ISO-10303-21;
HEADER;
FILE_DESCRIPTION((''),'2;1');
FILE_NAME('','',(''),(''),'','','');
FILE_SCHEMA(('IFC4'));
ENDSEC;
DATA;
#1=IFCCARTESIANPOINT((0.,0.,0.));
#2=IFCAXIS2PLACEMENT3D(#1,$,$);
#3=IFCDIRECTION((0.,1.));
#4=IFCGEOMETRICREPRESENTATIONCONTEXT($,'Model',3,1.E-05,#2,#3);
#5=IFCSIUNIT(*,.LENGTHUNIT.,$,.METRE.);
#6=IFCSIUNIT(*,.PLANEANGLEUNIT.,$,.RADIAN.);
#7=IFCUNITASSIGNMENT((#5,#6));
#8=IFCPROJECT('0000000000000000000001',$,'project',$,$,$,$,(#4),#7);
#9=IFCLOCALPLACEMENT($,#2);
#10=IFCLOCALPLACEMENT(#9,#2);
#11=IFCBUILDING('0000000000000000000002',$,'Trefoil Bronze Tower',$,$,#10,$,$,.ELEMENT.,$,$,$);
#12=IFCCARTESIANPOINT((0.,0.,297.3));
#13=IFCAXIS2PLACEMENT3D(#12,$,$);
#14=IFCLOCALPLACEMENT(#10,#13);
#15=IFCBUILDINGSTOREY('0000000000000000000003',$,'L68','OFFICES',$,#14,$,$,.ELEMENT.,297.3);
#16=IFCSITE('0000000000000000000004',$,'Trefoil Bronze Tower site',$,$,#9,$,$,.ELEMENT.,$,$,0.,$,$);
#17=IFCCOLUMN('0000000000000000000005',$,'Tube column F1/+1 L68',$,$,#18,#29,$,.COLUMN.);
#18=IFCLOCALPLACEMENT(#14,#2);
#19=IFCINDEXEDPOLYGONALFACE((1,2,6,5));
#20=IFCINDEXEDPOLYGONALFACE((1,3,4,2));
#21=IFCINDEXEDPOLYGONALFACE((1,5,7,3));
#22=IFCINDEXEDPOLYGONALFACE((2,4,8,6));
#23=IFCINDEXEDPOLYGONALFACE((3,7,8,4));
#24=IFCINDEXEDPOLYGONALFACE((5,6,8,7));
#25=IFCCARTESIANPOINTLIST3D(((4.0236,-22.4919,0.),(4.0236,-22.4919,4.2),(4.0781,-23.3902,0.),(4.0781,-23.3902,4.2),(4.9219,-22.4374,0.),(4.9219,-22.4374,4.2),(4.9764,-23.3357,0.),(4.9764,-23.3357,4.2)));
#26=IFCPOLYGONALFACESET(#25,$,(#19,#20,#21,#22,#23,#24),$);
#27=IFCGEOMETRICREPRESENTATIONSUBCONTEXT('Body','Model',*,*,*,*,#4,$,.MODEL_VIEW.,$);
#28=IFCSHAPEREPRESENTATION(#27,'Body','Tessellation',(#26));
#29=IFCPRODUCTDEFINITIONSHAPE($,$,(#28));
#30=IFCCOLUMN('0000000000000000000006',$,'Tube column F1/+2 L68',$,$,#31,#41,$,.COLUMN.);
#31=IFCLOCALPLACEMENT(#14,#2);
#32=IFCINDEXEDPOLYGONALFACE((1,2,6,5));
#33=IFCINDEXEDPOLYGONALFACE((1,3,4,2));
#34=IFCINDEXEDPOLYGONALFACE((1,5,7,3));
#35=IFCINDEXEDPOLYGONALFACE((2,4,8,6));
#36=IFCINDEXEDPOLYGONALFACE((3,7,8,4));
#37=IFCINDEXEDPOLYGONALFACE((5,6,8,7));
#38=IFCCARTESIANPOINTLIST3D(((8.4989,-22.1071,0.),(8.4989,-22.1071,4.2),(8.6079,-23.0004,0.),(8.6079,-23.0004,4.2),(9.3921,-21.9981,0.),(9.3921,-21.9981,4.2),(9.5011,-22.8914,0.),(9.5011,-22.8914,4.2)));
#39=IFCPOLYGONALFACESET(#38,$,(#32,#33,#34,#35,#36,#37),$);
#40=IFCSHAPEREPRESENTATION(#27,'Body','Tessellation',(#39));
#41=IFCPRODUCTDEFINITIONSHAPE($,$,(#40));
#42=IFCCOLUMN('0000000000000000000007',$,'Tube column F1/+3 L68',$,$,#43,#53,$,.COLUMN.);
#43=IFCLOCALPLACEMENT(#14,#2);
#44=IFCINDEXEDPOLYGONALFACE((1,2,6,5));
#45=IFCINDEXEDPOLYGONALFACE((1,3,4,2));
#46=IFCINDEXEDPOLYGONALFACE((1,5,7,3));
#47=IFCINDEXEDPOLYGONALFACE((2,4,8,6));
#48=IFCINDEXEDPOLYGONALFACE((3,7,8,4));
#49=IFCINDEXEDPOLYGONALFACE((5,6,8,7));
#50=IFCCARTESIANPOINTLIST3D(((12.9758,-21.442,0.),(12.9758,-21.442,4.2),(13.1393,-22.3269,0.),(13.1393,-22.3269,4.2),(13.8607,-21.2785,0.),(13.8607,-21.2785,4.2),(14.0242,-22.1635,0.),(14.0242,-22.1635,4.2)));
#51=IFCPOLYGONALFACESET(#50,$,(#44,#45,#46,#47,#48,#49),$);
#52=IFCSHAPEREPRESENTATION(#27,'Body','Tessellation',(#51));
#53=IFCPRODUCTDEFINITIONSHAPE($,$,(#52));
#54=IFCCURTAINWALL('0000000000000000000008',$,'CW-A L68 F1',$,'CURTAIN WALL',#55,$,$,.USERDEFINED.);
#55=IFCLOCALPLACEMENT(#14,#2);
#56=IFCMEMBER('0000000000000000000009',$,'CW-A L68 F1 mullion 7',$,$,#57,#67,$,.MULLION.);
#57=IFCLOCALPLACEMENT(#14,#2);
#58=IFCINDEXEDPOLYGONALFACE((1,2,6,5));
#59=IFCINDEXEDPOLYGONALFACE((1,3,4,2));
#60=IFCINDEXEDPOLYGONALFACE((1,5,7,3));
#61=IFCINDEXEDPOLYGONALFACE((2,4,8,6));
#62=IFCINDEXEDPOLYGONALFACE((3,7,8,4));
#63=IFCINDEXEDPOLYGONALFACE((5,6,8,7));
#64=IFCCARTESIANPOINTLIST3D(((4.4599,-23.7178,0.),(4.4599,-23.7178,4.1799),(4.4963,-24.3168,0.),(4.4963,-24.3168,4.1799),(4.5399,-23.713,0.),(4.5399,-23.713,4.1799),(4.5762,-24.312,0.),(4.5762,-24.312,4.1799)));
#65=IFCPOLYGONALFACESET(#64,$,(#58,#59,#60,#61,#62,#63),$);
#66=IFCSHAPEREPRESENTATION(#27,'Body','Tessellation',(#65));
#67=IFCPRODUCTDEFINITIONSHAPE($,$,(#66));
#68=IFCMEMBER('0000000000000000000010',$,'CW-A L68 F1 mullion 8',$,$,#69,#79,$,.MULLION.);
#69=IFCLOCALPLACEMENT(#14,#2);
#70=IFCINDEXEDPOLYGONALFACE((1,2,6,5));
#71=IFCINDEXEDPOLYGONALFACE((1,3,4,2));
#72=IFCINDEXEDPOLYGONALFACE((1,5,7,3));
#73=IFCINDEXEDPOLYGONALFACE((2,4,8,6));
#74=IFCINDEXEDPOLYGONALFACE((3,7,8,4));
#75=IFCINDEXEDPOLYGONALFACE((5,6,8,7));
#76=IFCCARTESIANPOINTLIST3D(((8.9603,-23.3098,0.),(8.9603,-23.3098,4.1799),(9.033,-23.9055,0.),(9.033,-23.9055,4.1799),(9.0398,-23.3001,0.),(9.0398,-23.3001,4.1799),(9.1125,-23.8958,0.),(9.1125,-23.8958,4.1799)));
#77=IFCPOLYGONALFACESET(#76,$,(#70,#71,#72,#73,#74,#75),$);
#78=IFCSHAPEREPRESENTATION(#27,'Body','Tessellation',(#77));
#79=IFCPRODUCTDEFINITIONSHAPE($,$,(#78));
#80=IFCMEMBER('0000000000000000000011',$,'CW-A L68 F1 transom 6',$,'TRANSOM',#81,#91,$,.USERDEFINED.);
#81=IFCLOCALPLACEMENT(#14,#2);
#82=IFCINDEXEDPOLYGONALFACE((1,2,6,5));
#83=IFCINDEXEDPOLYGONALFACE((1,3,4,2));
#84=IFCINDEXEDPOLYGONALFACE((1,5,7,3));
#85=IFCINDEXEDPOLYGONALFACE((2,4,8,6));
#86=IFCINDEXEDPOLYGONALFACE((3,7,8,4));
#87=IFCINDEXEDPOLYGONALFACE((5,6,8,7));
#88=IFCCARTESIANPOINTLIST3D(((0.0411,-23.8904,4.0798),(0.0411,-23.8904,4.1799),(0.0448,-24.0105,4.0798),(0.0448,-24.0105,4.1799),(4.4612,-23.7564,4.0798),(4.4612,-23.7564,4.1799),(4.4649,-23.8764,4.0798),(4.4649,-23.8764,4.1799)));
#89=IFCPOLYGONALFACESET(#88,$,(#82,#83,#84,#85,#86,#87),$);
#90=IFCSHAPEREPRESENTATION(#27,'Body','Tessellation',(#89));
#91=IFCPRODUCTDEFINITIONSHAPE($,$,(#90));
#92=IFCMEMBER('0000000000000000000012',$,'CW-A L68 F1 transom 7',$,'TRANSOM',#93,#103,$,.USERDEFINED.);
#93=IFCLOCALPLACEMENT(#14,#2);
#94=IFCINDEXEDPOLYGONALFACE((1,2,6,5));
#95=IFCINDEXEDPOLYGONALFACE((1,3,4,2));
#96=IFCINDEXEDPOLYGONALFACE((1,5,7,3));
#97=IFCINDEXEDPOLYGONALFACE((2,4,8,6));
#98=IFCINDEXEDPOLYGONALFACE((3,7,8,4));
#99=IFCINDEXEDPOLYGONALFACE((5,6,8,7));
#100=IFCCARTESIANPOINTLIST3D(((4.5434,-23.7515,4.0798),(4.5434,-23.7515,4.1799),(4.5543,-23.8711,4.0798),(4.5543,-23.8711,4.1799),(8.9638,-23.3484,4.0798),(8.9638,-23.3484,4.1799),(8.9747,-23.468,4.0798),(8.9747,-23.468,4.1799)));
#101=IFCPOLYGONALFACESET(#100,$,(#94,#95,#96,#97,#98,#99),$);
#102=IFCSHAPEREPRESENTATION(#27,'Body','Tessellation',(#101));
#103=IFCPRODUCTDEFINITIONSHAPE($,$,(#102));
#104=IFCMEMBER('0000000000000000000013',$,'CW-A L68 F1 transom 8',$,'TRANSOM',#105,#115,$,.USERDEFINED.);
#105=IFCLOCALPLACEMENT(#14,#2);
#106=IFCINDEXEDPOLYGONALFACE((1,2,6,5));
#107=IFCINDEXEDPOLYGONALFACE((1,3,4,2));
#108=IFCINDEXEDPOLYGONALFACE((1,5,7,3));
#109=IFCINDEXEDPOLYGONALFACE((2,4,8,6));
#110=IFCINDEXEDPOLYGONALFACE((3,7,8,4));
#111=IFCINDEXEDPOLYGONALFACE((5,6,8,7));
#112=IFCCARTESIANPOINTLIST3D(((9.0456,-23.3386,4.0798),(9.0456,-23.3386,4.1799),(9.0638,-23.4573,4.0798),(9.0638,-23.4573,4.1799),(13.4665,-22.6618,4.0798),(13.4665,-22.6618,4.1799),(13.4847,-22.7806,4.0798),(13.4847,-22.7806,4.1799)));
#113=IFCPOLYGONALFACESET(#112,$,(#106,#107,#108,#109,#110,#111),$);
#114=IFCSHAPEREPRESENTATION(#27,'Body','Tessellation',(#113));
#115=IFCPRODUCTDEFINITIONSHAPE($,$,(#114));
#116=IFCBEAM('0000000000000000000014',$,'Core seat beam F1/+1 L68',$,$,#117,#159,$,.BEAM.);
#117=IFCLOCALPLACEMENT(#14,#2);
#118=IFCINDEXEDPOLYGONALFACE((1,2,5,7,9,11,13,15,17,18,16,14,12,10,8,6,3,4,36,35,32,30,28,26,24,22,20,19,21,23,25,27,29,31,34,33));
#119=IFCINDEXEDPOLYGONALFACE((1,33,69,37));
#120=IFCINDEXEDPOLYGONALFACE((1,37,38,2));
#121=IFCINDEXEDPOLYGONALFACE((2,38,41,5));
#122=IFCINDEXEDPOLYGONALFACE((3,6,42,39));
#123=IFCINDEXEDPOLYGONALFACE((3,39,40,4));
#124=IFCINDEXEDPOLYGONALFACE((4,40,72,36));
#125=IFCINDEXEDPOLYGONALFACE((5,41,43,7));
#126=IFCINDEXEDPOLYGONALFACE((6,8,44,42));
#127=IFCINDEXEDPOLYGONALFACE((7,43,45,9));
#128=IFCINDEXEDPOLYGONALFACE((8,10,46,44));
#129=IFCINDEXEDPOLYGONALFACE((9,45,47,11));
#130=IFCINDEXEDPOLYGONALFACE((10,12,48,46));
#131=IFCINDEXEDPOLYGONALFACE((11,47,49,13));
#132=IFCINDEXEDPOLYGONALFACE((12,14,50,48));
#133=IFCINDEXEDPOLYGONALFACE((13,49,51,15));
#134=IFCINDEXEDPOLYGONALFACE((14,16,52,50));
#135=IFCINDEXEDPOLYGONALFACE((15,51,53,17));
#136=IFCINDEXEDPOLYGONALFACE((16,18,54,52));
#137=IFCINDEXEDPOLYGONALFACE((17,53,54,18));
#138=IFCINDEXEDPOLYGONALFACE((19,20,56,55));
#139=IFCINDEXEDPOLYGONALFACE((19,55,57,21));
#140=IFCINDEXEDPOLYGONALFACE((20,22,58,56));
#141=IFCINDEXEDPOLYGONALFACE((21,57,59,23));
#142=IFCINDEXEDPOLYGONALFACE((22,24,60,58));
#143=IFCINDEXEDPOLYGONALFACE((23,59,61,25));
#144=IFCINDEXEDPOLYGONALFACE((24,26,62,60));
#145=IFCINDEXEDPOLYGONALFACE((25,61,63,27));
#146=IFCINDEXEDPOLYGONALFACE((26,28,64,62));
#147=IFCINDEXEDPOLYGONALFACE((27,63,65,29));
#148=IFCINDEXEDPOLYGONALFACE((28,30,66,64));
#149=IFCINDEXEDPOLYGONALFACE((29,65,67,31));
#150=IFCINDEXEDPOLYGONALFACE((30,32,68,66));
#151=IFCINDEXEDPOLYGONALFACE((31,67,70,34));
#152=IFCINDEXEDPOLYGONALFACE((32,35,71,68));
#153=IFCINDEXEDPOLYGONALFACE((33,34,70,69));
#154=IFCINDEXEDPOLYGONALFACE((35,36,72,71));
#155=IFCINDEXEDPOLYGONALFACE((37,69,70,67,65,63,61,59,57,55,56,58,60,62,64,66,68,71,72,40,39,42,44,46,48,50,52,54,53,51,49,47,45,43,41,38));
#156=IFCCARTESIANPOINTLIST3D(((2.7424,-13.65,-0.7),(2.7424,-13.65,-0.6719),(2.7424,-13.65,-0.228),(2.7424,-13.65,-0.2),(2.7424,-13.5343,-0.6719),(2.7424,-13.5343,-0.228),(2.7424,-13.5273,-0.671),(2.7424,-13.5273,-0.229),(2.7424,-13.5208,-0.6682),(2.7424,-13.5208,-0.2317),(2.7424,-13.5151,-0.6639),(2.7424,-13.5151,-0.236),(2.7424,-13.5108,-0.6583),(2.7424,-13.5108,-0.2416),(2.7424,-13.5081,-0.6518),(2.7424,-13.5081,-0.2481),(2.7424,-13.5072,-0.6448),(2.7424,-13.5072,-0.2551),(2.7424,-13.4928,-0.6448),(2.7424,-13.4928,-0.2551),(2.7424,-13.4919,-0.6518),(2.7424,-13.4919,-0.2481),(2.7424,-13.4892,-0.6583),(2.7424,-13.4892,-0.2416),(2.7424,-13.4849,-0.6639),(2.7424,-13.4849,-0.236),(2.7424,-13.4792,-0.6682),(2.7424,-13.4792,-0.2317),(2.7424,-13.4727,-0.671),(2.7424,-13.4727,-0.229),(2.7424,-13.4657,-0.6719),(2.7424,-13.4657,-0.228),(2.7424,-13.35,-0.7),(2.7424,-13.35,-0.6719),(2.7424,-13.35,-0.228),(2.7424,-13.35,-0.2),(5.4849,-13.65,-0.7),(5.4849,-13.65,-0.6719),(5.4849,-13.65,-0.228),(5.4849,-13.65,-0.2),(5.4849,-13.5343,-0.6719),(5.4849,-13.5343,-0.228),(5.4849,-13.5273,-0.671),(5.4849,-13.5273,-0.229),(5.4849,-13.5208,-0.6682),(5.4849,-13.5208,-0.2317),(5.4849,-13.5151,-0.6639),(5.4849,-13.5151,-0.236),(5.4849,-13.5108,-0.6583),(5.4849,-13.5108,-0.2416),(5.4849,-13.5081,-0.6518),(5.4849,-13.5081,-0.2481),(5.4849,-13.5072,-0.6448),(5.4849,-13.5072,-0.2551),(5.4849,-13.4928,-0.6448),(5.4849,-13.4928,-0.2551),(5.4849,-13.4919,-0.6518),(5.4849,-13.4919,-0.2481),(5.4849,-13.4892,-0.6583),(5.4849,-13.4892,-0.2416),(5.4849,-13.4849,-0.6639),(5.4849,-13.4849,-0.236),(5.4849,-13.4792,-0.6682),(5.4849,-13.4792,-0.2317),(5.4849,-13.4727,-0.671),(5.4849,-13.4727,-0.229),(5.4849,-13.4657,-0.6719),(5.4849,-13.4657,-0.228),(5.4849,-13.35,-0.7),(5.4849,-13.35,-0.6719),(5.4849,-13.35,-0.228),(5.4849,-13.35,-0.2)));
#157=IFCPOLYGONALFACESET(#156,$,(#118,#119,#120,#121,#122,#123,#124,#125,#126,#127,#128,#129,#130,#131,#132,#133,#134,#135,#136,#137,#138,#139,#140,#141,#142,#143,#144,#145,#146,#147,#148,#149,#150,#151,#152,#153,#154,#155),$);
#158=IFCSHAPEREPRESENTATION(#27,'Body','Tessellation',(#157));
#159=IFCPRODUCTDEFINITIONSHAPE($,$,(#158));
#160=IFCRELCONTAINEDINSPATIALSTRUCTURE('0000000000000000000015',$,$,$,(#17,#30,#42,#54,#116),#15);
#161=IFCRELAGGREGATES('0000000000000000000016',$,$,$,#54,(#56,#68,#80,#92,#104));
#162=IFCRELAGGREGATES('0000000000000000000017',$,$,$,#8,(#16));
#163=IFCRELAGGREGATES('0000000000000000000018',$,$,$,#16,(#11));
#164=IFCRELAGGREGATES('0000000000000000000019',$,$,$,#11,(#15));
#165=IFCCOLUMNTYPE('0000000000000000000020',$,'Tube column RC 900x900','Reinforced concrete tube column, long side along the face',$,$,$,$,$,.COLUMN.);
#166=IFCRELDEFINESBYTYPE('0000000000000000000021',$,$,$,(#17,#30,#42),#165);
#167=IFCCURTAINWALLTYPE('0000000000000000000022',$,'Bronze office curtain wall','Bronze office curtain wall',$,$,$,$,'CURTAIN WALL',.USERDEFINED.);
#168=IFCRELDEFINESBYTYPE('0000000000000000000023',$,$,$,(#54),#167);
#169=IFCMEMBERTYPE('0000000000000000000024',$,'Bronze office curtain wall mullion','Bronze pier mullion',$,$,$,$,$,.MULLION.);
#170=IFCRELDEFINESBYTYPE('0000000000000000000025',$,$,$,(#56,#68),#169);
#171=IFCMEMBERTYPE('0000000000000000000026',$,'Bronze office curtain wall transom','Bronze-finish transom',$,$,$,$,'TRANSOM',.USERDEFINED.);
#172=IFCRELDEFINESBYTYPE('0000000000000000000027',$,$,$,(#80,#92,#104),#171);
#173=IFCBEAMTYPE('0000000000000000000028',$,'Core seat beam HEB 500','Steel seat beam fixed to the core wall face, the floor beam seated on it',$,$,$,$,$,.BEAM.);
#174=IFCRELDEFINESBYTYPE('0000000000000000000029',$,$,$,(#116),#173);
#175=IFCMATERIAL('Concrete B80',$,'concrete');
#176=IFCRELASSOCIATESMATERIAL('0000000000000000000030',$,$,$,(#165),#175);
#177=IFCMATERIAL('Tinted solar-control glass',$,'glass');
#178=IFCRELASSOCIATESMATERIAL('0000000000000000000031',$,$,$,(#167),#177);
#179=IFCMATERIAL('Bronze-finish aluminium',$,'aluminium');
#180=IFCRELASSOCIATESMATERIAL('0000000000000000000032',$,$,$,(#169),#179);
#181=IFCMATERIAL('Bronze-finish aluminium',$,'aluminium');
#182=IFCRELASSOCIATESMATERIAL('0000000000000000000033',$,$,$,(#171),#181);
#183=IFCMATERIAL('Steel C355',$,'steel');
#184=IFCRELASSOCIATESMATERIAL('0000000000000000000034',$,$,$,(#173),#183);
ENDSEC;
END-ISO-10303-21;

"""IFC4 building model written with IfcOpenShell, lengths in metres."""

from ifc_helpers import new_model, si_unit, direction, frame, origin, origin_2d, place, context, subcontext, project, spatial, rectangle, i_section, extrude, material, material_profile, profile_set, type_object, element, aggregate, save


model = new_model("IFC4")

# Units and contexts
model_context = context("Model", 3, precision=1e-05, world=origin(), true_north=direction((0.0, 1.0)))
body_context = subcontext(model_context, "Body", "Model", "MODEL_VIEW")
ifc_project = project(units=[si_unit("LENGTHUNIT", "METRE"), si_unit("PLANEANGLEUNIT", "RADIAN")], contexts=[model_context])

# Site, building, storey
site_placement = place(None, origin())
site = spatial("IfcSite", under=ifc_project, at=site_placement, Name="Trefoil Bronze Tower site", CompositionType="ELEMENT", RefElevation=0.0)
building_placement = place(site_placement, origin())
building = spatial("IfcBuilding", under=site, at=building_placement, Name="Trefoil Bronze Tower", CompositionType="ELEMENT")
storey_placement = place(building_placement, frame((0.0, 0.0, 297.3)))
storey = spatial("IfcBuildingStorey", under=building, at=storey_placement, Name="L68", Description="OFFICES", CompositionType="ELEMENT", Elevation=297.3)

# Columns
ifc_material_1 = material(Name="Concrete B80", Category="concrete")
ifc_material_profile_1 = material_profile(ifc_material_1, rectangle(XDim=0.8999, YDim=0.8999, at=origin_2d()), Name="RC 900x900")
ifc_profile_set_1 = profile_set([ifc_material_profile_1], Name="Concrete B80")
column_type = type_object("IfcColumnType", Name="Tube column RC 900x900", Description="Reinforced concrete tube column, long side along the face", PredefinedType="COLUMN", material=ifc_profile_set_1)
for number, where, z_axis, x_axis, name in (
    (1, (4.5, -22.9138, 0.0), (0.0, 0.0, 1.0), (0.998165, 0.060554, 0.0), "Tube column F1/+1 L68"),
    (2, (9.0, -22.4993, 0.0), (0.0, 0.0, 1.0), (0.992639, 0.121109, 0.0), "Tube column F1/+2 L68"),
    (3, (13.5, -21.8027, 0.0), (0.0, 0.0, 1.0), (0.98336, 0.181667, 0.0), "Tube column F1/+3 L68"),
):
    element("IfcColumn", number, at=place(storey_placement, frame(where, z_axis=z_axis, x_axis=x_axis)), inside=storey, type_object=column_type, Name=name, PredefinedType="COLUMN", context=body_context, shape_type="SweptSolid", body=[
        extrude(rectangle(XDim=0.8999, YDim=0.8999, at=origin_2d()), origin(), (0.0, 0.0, 1.0), 4.2),
    ])

# Curtain wall, members
ifc_material_2 = material(Name="Tinted solar-control glass", Category="glass")
curtain_wall_type = type_object("IfcCurtainWallType", Name="Bronze office curtain wall", Description="Bronze office curtain wall", ElementType="CURTAIN WALL", PredefinedType="USERDEFINED", material=ifc_material_2)
curtain_wall_placement = place(storey_placement, origin())
curtain_wall = element("IfcCurtainWall", 4, at=curtain_wall_placement, inside=storey, type_object=curtain_wall_type, Name="CW-A L68 F1", ObjectType="CURTAIN WALL", PredefinedType="USERDEFINED")
ifc_material_3 = material(Name="Bronze-finish aluminium", Category="aluminium")
ifc_material_profile_2 = material_profile(ifc_material_3, rectangle(XDim=0.6001, YDim=0.0801, at=origin_2d()), Name="CW-A mullion")
ifc_profile_set_2 = profile_set([ifc_material_profile_2], Name="Bronze-finish aluminium")
member_type_1 = type_object("IfcMemberType", Name="Bronze office curtain wall mullion", Description="Bronze pier mullion", PredefinedType="MULLION", material=ifc_profile_set_2)
member_1_placement = place(storey_placement, frame((4.5181, -24.0149, 0.0), z_axis=(0.0, 0.0, 1.0), x_axis=(-0.060554, 0.998165, 0.0)))
member_1 = element("IfcMember", 5, at=member_1_placement, type_object=member_type_1, Name="CW-A L68 F1 mullion 7", PredefinedType="MULLION", context=body_context, shape_type="SweptSolid", body=[
    extrude(rectangle(XDim=0.6001, YDim=0.0801, at=origin_2d()), origin(), (0.0, 0.0, 1.0), 4.1799),
])
member_2_placement = place(storey_placement, frame((9.0364, -23.6028, 0.0), z_axis=(0.0, 0.0, 1.0), x_axis=(-0.121109, 0.992639, 0.0)))
member_2 = element("IfcMember", 6, at=member_2_placement, type_object=member_type_1, Name="CW-A L68 F1 mullion 8", PredefinedType="MULLION", context=body_context, shape_type="SweptSolid", body=[
    extrude(rectangle(XDim=0.6001, YDim=0.0801, at=origin_2d()), origin(), (0.0, 0.0, 1.0), 4.1799),
])
ifc_material_4 = material(Name="Bronze-finish aluminium", Category="aluminium")
ifc_material_profile_3 = material_profile(ifc_material_4, rectangle(XDim=0.1201, YDim=0.1001, at=origin_2d()), Name="CW-A transom")
ifc_profile_set_3 = profile_set([ifc_material_profile_3], Name="Bronze-finish aluminium")
member_type_2 = type_object("IfcMemberType", Name="Bronze office curtain wall transom", Description="Bronze-finish transom", ElementType="TRANSOM", PredefinedType="USERDEFINED", material=ifc_profile_set_3)
member_3_placement = place(storey_placement, frame((0.043, -23.9504, 4.1299), z_axis=(0.999541, 0.030309, 0.0), x_axis=(-0.030309, 0.999541, 0.0)))
member_3 = element("IfcMember", 7, at=member_3_placement, type_object=member_type_2, Name="CW-A L68 F1 transom 6", ObjectType="TRANSOM", PredefinedType="USERDEFINED", context=body_context, shape_type="SweptSolid", body=[
    extrude(rectangle(XDim=0.1201, YDim=0.1001, at=origin_2d()), origin(), (0.0, 0.0, 1.0), 4.4221),
])
member_4_placement = place(storey_placement, frame((4.5488, -23.8113, 4.1299), z_axis=(0.995868, 0.090808, 0.0), x_axis=(-0.090808, 0.995868, 0.0)))
member_4 = element("IfcMember", 8, at=member_4_placement, type_object=member_type_2, Name="CW-A L68 F1 transom 7", ObjectType="TRANSOM", PredefinedType="USERDEFINED", context=body_context, shape_type="SweptSolid", body=[
    extrude(rectangle(XDim=0.1201, YDim=0.1001, at=origin_2d()), origin(), (0.0, 0.0, 1.0), 4.4387),
])
member_5_placement = place(storey_placement, frame((9.0547, -23.3979, 4.1299), z_axis=(0.988485, 0.151319, 0.0), x_axis=(-0.151319, 0.988485, 0.0)))
member_5 = element("IfcMember", 9, at=member_5_placement, type_object=member_type_2, Name="CW-A L68 F1 transom 8", ObjectType="TRANSOM", PredefinedType="USERDEFINED", context=body_context, shape_type="SweptSolid", body=[
    extrude(rectangle(XDim=0.1201, YDim=0.1001, at=origin_2d()), origin(), (0.0, 0.0, 1.0), 4.4724),
])

# Beam
ifc_material_5 = material(Name="Steel C355", Category="steel")
ifc_material_profile_4 = material_profile(ifc_material_5, i_section(OverallWidth=0.3, OverallDepth=0.5, WebThickness=0.0144, FlangeThickness=0.0281, FilletRadius=0.0271, at=origin_2d()), Name="HEB 500")
ifc_profile_set_4 = profile_set([ifc_material_profile_4], Name="Steel C355")
beam_type_1 = type_object("IfcBeamType", Name="Core seat beam HEB 500", Description="Steel seat beam fixed to the core wall face, the floor beam seated on it", PredefinedType="BEAM", material=ifc_profile_set_4)
for number, where, z_axis, x_axis, name in (
    (10, (2.7424, -13.5, -0.45), (1.0, 0.0, 0.0), (0.0, 1.0, 0.0), "Core seat beam F1/+1 L68"),
):
    element("IfcBeam", number, at=place(storey_placement, frame(where, z_axis=z_axis, x_axis=x_axis)), inside=storey, type_object=beam_type_1, Name=name, PredefinedType="BEAM", context=body_context, shape_type="SweptSolid", body=[
        extrude(i_section(OverallWidth=0.3, OverallDepth=0.5, WebThickness=0.0144, FlangeThickness=0.0281, FilletRadius=0.0271, at=origin_2d()), origin(), (0.0, 0.0, 1.0), 2.7424),
    ])

aggregate(curtain_wall, [member_1, member_2, member_3, member_4, member_5])

save(model, "model.ifc")
